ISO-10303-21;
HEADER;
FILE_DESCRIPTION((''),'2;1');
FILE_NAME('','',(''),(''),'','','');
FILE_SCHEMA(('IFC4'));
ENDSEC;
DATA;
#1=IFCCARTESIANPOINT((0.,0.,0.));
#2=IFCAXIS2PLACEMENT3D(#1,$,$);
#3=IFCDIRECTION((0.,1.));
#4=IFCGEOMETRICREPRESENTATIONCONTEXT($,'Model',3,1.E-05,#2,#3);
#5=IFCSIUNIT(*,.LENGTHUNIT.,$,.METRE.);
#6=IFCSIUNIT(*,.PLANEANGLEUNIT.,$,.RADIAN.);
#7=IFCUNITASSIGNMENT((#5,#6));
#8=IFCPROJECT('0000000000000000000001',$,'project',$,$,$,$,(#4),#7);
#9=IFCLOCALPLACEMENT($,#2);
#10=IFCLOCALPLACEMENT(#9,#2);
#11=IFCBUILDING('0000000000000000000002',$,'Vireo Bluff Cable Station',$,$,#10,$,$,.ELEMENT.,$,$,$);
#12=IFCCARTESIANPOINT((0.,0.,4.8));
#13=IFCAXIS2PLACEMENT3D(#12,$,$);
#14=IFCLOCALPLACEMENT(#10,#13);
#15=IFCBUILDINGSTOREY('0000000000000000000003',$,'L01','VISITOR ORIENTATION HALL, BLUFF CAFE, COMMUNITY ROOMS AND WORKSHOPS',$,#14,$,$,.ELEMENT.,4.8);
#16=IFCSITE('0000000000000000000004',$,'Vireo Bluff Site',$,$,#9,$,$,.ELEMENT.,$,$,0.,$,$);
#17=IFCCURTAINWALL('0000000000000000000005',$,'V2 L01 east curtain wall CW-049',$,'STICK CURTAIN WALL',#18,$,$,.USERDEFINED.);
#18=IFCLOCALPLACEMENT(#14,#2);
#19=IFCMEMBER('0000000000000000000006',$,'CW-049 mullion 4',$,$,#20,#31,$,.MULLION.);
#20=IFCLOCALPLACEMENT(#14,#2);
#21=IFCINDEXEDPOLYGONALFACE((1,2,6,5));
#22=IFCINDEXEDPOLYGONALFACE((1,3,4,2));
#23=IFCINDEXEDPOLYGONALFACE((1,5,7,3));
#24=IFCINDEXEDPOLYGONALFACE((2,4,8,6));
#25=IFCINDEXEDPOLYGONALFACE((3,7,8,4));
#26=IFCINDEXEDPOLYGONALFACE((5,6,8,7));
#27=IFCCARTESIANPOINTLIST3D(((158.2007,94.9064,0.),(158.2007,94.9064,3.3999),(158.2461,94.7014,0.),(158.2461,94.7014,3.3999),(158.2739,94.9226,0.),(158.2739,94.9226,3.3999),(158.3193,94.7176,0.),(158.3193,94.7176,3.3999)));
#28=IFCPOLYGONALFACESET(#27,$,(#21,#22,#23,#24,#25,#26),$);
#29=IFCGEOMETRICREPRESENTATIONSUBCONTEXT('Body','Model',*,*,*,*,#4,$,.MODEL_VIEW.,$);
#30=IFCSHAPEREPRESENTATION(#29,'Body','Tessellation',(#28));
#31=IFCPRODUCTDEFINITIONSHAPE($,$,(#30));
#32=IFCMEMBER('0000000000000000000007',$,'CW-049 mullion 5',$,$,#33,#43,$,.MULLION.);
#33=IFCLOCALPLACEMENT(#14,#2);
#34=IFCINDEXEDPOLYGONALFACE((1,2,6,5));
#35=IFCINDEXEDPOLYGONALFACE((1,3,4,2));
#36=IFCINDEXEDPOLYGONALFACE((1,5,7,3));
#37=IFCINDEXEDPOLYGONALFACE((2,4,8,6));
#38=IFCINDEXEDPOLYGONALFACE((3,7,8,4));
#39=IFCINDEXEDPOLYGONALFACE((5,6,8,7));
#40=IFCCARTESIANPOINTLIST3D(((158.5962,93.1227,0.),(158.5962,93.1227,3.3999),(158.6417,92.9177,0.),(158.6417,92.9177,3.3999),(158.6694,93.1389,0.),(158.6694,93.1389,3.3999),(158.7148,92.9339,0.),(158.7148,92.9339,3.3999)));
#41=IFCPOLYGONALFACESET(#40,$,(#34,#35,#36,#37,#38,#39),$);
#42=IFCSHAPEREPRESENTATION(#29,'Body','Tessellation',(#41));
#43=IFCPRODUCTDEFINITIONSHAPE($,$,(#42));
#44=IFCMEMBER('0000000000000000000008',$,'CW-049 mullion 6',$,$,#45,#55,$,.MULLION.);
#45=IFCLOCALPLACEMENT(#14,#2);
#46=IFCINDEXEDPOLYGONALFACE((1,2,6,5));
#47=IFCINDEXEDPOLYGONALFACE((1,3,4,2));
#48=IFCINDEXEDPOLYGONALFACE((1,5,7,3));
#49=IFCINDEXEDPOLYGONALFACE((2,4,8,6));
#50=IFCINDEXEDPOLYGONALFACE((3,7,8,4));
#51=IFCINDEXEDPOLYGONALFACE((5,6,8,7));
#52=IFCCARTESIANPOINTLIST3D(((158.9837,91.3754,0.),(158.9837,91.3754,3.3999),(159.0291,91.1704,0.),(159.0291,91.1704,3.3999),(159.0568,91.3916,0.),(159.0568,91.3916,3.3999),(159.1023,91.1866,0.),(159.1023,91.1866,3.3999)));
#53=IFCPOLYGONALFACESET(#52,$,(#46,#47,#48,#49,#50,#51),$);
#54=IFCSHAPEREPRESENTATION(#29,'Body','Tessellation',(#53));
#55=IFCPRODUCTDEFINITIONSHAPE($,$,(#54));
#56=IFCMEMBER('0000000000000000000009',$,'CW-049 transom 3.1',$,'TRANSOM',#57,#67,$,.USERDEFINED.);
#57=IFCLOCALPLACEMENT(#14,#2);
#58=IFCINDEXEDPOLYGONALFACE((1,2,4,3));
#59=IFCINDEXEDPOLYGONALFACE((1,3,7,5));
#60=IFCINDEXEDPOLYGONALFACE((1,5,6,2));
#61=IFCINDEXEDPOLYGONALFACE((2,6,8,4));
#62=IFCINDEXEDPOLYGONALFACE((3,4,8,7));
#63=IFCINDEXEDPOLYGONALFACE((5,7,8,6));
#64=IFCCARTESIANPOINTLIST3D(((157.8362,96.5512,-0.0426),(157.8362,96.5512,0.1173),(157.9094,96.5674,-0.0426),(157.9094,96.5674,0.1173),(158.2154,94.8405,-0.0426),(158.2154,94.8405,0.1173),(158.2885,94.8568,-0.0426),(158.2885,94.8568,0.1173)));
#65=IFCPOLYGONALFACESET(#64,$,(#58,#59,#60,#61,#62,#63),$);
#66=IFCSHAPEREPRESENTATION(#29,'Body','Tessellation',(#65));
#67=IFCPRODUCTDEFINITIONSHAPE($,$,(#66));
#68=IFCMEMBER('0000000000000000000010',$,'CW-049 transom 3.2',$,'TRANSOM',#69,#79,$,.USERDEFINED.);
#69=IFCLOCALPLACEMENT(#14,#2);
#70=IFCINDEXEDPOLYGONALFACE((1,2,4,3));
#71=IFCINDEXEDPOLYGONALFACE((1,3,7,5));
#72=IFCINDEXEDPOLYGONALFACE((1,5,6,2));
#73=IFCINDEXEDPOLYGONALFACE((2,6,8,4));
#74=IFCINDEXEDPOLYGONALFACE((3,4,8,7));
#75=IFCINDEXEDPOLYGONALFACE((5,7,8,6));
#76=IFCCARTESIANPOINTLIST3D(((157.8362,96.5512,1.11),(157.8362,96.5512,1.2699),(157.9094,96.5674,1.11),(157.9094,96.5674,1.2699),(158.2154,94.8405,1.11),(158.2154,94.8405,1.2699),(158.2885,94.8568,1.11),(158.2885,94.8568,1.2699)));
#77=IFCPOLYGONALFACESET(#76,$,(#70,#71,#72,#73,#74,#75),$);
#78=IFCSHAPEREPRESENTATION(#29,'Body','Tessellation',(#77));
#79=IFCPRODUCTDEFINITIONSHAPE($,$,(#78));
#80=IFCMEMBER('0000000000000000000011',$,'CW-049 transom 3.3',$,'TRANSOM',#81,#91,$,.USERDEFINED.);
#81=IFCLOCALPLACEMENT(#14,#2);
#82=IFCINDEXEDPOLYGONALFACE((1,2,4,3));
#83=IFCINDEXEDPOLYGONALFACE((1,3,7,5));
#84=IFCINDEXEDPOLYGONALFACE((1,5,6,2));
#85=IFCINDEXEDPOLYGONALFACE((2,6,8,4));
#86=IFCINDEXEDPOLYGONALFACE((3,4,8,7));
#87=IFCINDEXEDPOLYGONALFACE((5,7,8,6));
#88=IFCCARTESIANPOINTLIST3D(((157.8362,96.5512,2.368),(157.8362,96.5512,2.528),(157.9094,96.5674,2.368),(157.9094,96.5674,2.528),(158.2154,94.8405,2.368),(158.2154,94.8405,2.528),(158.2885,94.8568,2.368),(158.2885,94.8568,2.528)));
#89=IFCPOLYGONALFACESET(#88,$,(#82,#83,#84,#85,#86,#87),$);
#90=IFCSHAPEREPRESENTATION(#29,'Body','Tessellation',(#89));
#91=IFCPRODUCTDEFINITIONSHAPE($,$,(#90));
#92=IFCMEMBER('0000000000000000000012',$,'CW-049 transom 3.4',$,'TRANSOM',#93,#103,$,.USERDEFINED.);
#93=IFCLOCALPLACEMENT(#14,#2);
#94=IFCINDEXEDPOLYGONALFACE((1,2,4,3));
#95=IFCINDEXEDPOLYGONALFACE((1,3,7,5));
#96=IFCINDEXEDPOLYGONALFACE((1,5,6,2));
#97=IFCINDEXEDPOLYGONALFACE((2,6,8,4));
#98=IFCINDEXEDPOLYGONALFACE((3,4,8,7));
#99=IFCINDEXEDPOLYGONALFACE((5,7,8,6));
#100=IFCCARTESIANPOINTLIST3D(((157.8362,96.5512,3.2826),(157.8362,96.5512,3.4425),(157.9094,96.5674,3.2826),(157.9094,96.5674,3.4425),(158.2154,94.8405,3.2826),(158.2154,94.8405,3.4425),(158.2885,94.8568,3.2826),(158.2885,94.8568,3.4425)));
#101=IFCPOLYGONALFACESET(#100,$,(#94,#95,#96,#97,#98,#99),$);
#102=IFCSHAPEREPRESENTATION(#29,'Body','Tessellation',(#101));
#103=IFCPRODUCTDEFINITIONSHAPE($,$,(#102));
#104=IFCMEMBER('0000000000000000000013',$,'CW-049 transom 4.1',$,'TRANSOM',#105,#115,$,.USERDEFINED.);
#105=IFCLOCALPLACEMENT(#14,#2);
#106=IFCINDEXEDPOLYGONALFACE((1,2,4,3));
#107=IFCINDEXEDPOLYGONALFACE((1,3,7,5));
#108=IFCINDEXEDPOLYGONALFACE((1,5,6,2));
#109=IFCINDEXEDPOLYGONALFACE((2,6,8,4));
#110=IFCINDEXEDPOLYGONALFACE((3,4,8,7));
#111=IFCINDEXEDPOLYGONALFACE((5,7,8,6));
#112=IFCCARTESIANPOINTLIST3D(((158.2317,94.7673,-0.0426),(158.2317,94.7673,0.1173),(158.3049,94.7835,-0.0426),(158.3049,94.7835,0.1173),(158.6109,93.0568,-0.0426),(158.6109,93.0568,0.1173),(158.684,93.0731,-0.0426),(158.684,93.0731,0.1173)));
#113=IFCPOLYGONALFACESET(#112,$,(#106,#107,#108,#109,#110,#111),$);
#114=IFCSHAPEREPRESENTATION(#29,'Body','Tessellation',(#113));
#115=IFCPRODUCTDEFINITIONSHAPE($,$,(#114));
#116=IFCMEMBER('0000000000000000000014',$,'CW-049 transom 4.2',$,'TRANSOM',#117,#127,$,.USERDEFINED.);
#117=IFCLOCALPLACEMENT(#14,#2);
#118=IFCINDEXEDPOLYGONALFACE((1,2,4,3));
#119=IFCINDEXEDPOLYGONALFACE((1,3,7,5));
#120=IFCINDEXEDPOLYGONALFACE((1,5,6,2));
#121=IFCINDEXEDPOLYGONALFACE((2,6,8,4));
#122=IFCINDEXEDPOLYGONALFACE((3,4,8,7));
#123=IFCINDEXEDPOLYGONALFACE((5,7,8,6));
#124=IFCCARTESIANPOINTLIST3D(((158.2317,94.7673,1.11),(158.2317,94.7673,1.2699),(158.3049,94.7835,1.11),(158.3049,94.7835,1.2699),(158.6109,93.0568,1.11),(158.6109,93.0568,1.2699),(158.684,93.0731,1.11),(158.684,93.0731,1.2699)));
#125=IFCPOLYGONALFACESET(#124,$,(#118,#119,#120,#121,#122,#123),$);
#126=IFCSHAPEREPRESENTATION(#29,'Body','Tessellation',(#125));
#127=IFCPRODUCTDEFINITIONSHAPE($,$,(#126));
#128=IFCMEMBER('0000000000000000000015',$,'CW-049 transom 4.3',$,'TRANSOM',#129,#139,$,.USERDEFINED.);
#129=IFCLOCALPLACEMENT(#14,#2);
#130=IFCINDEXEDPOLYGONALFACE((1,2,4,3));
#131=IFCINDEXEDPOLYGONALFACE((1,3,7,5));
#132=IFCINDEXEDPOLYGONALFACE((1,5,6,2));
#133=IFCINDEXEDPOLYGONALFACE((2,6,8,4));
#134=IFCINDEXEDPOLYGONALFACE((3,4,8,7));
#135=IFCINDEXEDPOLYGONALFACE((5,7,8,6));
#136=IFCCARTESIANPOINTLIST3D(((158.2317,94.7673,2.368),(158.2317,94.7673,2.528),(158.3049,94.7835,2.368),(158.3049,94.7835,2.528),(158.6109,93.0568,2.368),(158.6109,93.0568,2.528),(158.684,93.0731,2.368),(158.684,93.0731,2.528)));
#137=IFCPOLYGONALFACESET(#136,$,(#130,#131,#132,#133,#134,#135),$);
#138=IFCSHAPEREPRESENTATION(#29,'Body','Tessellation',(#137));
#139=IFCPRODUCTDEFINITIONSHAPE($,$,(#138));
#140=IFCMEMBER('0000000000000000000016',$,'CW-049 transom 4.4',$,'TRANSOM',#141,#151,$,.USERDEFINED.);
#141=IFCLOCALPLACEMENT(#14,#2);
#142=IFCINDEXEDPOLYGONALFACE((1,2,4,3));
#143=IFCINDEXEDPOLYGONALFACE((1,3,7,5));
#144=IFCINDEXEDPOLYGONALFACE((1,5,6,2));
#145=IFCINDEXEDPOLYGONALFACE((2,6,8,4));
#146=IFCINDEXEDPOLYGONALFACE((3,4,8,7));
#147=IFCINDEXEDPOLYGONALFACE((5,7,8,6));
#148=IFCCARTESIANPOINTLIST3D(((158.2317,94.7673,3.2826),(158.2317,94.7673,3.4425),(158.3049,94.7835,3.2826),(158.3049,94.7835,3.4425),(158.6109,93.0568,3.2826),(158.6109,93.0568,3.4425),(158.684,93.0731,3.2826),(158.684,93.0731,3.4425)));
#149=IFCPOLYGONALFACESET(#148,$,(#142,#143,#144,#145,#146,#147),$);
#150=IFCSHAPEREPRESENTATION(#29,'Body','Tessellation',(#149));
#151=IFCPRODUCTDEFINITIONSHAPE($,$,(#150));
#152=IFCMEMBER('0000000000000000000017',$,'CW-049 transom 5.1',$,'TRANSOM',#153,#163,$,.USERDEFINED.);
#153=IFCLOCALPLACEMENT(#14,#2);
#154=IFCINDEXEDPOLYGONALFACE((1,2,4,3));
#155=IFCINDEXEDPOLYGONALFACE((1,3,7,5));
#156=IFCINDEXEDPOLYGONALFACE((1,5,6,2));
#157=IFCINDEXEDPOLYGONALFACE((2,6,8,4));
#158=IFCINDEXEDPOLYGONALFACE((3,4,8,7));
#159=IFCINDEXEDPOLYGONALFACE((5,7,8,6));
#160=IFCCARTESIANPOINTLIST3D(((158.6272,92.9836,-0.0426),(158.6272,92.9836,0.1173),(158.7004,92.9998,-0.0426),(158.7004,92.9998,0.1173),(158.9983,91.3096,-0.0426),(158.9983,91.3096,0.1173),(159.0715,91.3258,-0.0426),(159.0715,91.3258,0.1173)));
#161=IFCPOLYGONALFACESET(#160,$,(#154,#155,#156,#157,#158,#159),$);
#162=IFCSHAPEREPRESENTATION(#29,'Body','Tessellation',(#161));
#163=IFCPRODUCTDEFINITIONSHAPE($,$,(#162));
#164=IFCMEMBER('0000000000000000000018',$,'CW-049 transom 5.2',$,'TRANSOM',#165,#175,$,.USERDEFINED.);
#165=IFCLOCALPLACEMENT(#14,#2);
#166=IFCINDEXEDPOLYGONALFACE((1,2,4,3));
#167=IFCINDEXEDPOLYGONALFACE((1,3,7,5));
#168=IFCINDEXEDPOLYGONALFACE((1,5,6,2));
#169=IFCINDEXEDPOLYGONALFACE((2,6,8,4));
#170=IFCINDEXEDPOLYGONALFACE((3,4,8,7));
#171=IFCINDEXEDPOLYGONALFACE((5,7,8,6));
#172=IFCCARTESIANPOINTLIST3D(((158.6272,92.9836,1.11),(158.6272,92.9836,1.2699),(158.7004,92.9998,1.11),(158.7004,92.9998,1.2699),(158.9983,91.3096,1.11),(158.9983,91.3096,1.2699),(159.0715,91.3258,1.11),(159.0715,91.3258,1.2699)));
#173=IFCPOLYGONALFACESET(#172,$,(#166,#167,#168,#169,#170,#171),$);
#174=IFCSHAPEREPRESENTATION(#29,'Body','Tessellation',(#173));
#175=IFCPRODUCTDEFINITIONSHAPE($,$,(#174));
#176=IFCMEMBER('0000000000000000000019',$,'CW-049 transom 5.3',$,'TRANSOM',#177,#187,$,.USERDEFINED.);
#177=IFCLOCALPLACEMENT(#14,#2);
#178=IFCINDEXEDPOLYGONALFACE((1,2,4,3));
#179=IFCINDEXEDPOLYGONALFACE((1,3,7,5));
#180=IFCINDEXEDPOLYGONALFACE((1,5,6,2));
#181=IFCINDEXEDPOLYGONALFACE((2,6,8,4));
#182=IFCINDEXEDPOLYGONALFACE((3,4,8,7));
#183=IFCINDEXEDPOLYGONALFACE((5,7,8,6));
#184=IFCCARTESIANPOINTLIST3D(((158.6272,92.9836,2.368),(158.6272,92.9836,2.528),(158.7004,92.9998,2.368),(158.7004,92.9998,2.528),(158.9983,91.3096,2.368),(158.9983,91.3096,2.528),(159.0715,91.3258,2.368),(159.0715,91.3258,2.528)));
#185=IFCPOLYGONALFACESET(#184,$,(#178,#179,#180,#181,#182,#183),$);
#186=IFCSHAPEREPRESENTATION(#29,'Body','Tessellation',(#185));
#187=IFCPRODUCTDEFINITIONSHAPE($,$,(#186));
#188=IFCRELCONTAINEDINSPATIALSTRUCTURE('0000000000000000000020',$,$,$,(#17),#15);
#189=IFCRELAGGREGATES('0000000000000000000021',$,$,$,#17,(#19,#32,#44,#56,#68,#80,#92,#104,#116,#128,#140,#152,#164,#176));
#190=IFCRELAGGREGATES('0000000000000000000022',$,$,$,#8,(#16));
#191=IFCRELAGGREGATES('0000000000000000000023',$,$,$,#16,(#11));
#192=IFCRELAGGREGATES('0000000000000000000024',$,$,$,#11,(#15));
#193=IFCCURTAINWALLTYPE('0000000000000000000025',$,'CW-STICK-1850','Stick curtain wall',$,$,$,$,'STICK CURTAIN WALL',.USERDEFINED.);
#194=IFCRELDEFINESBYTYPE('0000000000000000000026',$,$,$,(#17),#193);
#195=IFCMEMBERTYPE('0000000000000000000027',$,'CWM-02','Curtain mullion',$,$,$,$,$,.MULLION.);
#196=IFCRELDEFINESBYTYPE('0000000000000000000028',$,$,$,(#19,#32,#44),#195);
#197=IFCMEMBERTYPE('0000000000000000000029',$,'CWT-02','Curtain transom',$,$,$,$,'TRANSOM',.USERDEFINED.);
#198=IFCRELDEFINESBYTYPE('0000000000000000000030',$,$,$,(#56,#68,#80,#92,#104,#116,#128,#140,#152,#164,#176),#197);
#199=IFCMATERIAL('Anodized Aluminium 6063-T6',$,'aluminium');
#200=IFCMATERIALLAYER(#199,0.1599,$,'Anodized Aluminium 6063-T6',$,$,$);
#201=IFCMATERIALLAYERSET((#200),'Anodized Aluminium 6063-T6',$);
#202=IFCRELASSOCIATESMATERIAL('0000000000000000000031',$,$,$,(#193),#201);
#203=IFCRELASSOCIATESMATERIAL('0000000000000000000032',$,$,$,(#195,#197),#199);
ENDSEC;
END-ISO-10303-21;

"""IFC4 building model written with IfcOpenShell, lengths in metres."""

from ifc_helpers import new_model, si_unit, direction, frame, origin, origin_2d, place, context, subcontext, project, spatial, rectangle, extrude, material, layer, layer_set, material_profile, profile_set, type_object, element, aggregate, save


model = new_model("IFC4")

# Units and contexts
model_context = context("Model", 3, precision=1e-05, world=origin(), true_north=direction((0.0, 1.0)))
body_context = subcontext(model_context, "Body", "Model", "MODEL_VIEW")
ifc_project = project(units=[si_unit("LENGTHUNIT", "METRE"), si_unit("PLANEANGLEUNIT", "RADIAN")], contexts=[model_context])

# Site, building, storey
site_placement = place(None, origin())
site = spatial("IfcSite", under=ifc_project, at=site_placement, Name="Vireo Bluff Site", CompositionType="ELEMENT", RefElevation=0.0)
building_placement = place(site_placement, origin())
building = spatial("IfcBuilding", under=site, at=building_placement, Name="Vireo Bluff Cable Station", CompositionType="ELEMENT")
storey_placement = place(building_placement, frame((0.0, 0.0, 4.8)))
storey = spatial("IfcBuildingStorey", under=building, at=storey_placement, Name="L01", Description="VISITOR ORIENTATION HALL, BLUFF CAFE, COMMUNITY ROOMS AND WORKSHOPS", CompositionType="ELEMENT", Elevation=4.8)

# Curtain wall, members
ifc_material_1 = material(Name="Anodized Aluminium 6063-T6", Category="aluminium")
ifc_layer_1 = layer(ifc_material_1, 0.1599, Name="Anodized Aluminium 6063-T6")
ifc_layer_set_1 = layer_set([ifc_layer_1], Name="Anodized Aluminium 6063-T6")
curtain_wall_type = type_object("IfcCurtainWallType", Name="CW-STICK-1850", Description="Stick curtain wall", ElementType="STICK CURTAIN WALL", PredefinedType="USERDEFINED", material=ifc_layer_set_1)
curtain_wall_placement = place(storey_placement, origin())
curtain_wall = element("IfcCurtainWall", 1, at=curtain_wall_placement, inside=storey, type_object=curtain_wall_type, Name="V2 L01 east curtain wall CW-049", ObjectType="STICK CURTAIN WALL", PredefinedType="USERDEFINED")
ifc_material_profile_1 = material_profile(ifc_material_1, rectangle(XDim=0.075, YDim=0.21, at=origin_2d()), Name="ALU-M-75X210")
ifc_profile_set_1 = profile_set([ifc_material_profile_1], Name="Anodized Aluminium 6063-T6")
member_type_1 = type_object("IfcMemberType", Name="CWM-02", Description="Curtain mullion", PredefinedType="MULLION", material=ifc_profile_set_1)
member_1_placement = place(storey_placement, frame((158.26, 94.812, 0.0), z_axis=(0.0, 0.0, 1.0), x_axis=(0.976296, 0.21644, 0.0)))
member_1 = element("IfcMember", 2, at=member_1_placement, type_object=member_type_1, Name="CW-049 mullion 4", PredefinedType="MULLION", context=body_context, shape_type="SweptSolid", body=[
    extrude(rectangle(XDim=0.075, YDim=0.21, at=origin_2d()), origin(), (0.0, 0.0, 1.0), 3.3999),
])
member_2_placement = place(storey_placement, frame((158.6555, 93.0283, 0.0), z_axis=(0.0, 0.0, 1.0), x_axis=(0.976296, 0.21644, 0.0)))
member_2 = element("IfcMember", 3, at=member_2_placement, type_object=member_type_1, Name="CW-049 mullion 5", PredefinedType="MULLION", context=body_context, shape_type="SweptSolid", body=[
    extrude(rectangle(XDim=0.075, YDim=0.21, at=origin_2d()), origin(), (0.0, 0.0, 1.0), 3.3999),
])
member_3_placement = place(storey_placement, frame((159.043, 91.281, 0.0), z_axis=(0.0, 0.0, 1.0), x_axis=(0.976296, 0.21644, 0.0)))
member_3 = element("IfcMember", 4, at=member_3_placement, type_object=member_type_1, Name="CW-049 mullion 6", PredefinedType="MULLION", context=body_context, shape_type="SweptSolid", body=[
    extrude(rectangle(XDim=0.075, YDim=0.21, at=origin_2d()), origin(), (0.0, 0.0, 1.0), 3.3999),
])
ifc_material_profile_2 = material_profile(ifc_material_1, rectangle(XDim=0.075, YDim=0.1599, at=origin_2d()), Name="ALU-T-75X160")
ifc_profile_set_2 = profile_set([ifc_material_profile_2], Name="Anodized Aluminium 6063-T6")
member_type_2 = type_object("IfcMemberType", Name="CWT-02", Description="Curtain transom", ElementType="TRANSOM", PredefinedType="USERDEFINED", material=ifc_profile_set_2)
member_4_placement = place(storey_placement, frame((157.8728, 96.5593, 0.0374), z_axis=(0.216385, -0.976308, 0.0), x_axis=(0.976308, 0.216385, 0.0)))
member_4 = element("IfcMember", 5, at=member_4_placement, type_object=member_type_2, Name="CW-049 transom 3.1", ObjectType="TRANSOM", PredefinedType="USERDEFINED", context=body_context, shape_type="SweptSolid", body=[
    extrude(rectangle(XDim=0.075, YDim=0.1599, at=origin_2d()), origin(), (0.0, 0.0, 1.0), 1.7522),
])
member_5_placement = place(storey_placement, frame((157.8728, 96.5593, 1.1899), z_axis=(0.216385, -0.976308, 0.0), x_axis=(0.976308, 0.216385, 0.0)))
member_5 = element("IfcMember", 6, at=member_5_placement, type_object=member_type_2, Name="CW-049 transom 3.2", ObjectType="TRANSOM", PredefinedType="USERDEFINED", context=body_context, shape_type="SweptSolid", body=[
    extrude(rectangle(XDim=0.075, YDim=0.1599, at=origin_2d()), origin(), (0.0, 0.0, 1.0), 1.7522),
])
member_6_placement = place(storey_placement, frame((157.8728, 96.5593, 2.448), z_axis=(0.216385, -0.976308, 0.0), x_axis=(0.976308, 0.216385, 0.0)))
member_6 = element("IfcMember", 7, at=member_6_placement, type_object=member_type_2, Name="CW-049 transom 3.3", ObjectType="TRANSOM", PredefinedType="USERDEFINED", context=body_context, shape_type="SweptSolid", body=[
    extrude(rectangle(XDim=0.075, YDim=0.1599, at=origin_2d()), origin(), (0.0, 0.0, 1.0), 1.7522),
])
member_7_placement = place(storey_placement, frame((157.8728, 96.5593, 3.3625), z_axis=(0.216385, -0.976308, 0.0), x_axis=(0.976308, 0.216385, 0.0)))
member_7 = element("IfcMember", 8, at=member_7_placement, type_object=member_type_2, Name="CW-049 transom 3.4", ObjectType="TRANSOM", PredefinedType="USERDEFINED", context=body_context, shape_type="SweptSolid", body=[
    extrude(rectangle(XDim=0.075, YDim=0.1599, at=origin_2d()), origin(), (0.0, 0.0, 1.0), 1.7522),
])
member_8_placement = place(storey_placement, frame((158.2683, 94.7754, 0.0374), z_axis=(0.216414, -0.976302, 0.0), x_axis=(0.976302, 0.216414, 0.0)))
member_8 = element("IfcMember", 9, at=member_8_placement, type_object=member_type_2, Name="CW-049 transom 4.1", ObjectType="TRANSOM", PredefinedType="USERDEFINED", context=body_context, shape_type="SweptSolid", body=[
    extrude(rectangle(XDim=0.075, YDim=0.1599, at=origin_2d()), origin(), (0.0, 0.0, 1.0), 1.752),
])
member_9_placement = place(storey_placement, frame((158.2683, 94.7754, 1.1899), z_axis=(0.216414, -0.976302, 0.0), x_axis=(0.976302, 0.216414, 0.0)))
member_9 = element("IfcMember", 10, at=member_9_placement, type_object=member_type_2, Name="CW-049 transom 4.2", ObjectType="TRANSOM", PredefinedType="USERDEFINED", context=body_context, shape_type="SweptSolid", body=[
    extrude(rectangle(XDim=0.075, YDim=0.1599, at=origin_2d()), origin(), (0.0, 0.0, 1.0), 1.752),
])
member_10_placement = place(storey_placement, frame((158.2683, 94.7754, 2.448), z_axis=(0.216414, -0.976302, 0.0), x_axis=(0.976302, 0.216414, 0.0)))
member_10 = element("IfcMember", 11, at=member_10_placement, type_object=member_type_2, Name="CW-049 transom 4.3", ObjectType="TRANSOM", PredefinedType="USERDEFINED", context=body_context, shape_type="SweptSolid", body=[
    extrude(rectangle(XDim=0.075, YDim=0.1599, at=origin_2d()), origin(), (0.0, 0.0, 1.0), 1.752),
])
member_11_placement = place(storey_placement, frame((158.2683, 94.7754, 3.3625), z_axis=(0.216414, -0.976302, 0.0), x_axis=(0.976302, 0.216414, 0.0)))
member_11 = element("IfcMember", 12, at=member_11_placement, type_object=member_type_2, Name="CW-049 transom 4.4", ObjectType="TRANSOM", PredefinedType="USERDEFINED", context=body_context, shape_type="SweptSolid", body=[
    extrude(rectangle(XDim=0.075, YDim=0.1599, at=origin_2d()), origin(), (0.0, 0.0, 1.0), 1.752),
])
member_12_placement = place(storey_placement, frame((158.6638, 92.9917, 0.0374), z_axis=(0.216418, -0.976301, 0.0), x_axis=(0.976301, 0.216418, 0.0)))
member_12 = element("IfcMember", 13, at=member_12_placement, type_object=member_type_2, Name="CW-049 transom 5.1", ObjectType="TRANSOM", PredefinedType="USERDEFINED", context=body_context, shape_type="SweptSolid", body=[
    extrude(rectangle(XDim=0.075, YDim=0.1599, at=origin_2d()), origin(), (0.0, 0.0, 1.0), 1.7146),
])
member_13_placement = place(storey_placement, frame((158.6638, 92.9917, 1.1899), z_axis=(0.216418, -0.976301, 0.0), x_axis=(0.976301, 0.216418, 0.0)))
member_13 = element("IfcMember", 14, at=member_13_placement, type_object=member_type_2, Name="CW-049 transom 5.2", ObjectType="TRANSOM", PredefinedType="USERDEFINED", context=body_context, shape_type="SweptSolid", body=[
    extrude(rectangle(XDim=0.075, YDim=0.1599, at=origin_2d()), origin(), (0.0, 0.0, 1.0), 1.7146),
])
member_14_placement = place(storey_placement, frame((158.6638, 92.9917, 2.448), z_axis=(0.216418, -0.976301, 0.0), x_axis=(0.976301, 0.216418, 0.0)))
member_14 = element("IfcMember", 15, at=member_14_placement, type_object=member_type_2, Name="CW-049 transom 5.3", ObjectType="TRANSOM", PredefinedType="USERDEFINED", context=body_context, shape_type="SweptSolid", body=[
    extrude(rectangle(XDim=0.075, YDim=0.1599, at=origin_2d()), origin(), (0.0, 0.0, 1.0), 1.7146),
])
aggregate(curtain_wall, [member_1, member_2, member_3, member_4, member_5, member_6, member_7, member_8, member_9, member_10, member_11, member_12, member_13, member_14])

save(model, "model.ifc")
